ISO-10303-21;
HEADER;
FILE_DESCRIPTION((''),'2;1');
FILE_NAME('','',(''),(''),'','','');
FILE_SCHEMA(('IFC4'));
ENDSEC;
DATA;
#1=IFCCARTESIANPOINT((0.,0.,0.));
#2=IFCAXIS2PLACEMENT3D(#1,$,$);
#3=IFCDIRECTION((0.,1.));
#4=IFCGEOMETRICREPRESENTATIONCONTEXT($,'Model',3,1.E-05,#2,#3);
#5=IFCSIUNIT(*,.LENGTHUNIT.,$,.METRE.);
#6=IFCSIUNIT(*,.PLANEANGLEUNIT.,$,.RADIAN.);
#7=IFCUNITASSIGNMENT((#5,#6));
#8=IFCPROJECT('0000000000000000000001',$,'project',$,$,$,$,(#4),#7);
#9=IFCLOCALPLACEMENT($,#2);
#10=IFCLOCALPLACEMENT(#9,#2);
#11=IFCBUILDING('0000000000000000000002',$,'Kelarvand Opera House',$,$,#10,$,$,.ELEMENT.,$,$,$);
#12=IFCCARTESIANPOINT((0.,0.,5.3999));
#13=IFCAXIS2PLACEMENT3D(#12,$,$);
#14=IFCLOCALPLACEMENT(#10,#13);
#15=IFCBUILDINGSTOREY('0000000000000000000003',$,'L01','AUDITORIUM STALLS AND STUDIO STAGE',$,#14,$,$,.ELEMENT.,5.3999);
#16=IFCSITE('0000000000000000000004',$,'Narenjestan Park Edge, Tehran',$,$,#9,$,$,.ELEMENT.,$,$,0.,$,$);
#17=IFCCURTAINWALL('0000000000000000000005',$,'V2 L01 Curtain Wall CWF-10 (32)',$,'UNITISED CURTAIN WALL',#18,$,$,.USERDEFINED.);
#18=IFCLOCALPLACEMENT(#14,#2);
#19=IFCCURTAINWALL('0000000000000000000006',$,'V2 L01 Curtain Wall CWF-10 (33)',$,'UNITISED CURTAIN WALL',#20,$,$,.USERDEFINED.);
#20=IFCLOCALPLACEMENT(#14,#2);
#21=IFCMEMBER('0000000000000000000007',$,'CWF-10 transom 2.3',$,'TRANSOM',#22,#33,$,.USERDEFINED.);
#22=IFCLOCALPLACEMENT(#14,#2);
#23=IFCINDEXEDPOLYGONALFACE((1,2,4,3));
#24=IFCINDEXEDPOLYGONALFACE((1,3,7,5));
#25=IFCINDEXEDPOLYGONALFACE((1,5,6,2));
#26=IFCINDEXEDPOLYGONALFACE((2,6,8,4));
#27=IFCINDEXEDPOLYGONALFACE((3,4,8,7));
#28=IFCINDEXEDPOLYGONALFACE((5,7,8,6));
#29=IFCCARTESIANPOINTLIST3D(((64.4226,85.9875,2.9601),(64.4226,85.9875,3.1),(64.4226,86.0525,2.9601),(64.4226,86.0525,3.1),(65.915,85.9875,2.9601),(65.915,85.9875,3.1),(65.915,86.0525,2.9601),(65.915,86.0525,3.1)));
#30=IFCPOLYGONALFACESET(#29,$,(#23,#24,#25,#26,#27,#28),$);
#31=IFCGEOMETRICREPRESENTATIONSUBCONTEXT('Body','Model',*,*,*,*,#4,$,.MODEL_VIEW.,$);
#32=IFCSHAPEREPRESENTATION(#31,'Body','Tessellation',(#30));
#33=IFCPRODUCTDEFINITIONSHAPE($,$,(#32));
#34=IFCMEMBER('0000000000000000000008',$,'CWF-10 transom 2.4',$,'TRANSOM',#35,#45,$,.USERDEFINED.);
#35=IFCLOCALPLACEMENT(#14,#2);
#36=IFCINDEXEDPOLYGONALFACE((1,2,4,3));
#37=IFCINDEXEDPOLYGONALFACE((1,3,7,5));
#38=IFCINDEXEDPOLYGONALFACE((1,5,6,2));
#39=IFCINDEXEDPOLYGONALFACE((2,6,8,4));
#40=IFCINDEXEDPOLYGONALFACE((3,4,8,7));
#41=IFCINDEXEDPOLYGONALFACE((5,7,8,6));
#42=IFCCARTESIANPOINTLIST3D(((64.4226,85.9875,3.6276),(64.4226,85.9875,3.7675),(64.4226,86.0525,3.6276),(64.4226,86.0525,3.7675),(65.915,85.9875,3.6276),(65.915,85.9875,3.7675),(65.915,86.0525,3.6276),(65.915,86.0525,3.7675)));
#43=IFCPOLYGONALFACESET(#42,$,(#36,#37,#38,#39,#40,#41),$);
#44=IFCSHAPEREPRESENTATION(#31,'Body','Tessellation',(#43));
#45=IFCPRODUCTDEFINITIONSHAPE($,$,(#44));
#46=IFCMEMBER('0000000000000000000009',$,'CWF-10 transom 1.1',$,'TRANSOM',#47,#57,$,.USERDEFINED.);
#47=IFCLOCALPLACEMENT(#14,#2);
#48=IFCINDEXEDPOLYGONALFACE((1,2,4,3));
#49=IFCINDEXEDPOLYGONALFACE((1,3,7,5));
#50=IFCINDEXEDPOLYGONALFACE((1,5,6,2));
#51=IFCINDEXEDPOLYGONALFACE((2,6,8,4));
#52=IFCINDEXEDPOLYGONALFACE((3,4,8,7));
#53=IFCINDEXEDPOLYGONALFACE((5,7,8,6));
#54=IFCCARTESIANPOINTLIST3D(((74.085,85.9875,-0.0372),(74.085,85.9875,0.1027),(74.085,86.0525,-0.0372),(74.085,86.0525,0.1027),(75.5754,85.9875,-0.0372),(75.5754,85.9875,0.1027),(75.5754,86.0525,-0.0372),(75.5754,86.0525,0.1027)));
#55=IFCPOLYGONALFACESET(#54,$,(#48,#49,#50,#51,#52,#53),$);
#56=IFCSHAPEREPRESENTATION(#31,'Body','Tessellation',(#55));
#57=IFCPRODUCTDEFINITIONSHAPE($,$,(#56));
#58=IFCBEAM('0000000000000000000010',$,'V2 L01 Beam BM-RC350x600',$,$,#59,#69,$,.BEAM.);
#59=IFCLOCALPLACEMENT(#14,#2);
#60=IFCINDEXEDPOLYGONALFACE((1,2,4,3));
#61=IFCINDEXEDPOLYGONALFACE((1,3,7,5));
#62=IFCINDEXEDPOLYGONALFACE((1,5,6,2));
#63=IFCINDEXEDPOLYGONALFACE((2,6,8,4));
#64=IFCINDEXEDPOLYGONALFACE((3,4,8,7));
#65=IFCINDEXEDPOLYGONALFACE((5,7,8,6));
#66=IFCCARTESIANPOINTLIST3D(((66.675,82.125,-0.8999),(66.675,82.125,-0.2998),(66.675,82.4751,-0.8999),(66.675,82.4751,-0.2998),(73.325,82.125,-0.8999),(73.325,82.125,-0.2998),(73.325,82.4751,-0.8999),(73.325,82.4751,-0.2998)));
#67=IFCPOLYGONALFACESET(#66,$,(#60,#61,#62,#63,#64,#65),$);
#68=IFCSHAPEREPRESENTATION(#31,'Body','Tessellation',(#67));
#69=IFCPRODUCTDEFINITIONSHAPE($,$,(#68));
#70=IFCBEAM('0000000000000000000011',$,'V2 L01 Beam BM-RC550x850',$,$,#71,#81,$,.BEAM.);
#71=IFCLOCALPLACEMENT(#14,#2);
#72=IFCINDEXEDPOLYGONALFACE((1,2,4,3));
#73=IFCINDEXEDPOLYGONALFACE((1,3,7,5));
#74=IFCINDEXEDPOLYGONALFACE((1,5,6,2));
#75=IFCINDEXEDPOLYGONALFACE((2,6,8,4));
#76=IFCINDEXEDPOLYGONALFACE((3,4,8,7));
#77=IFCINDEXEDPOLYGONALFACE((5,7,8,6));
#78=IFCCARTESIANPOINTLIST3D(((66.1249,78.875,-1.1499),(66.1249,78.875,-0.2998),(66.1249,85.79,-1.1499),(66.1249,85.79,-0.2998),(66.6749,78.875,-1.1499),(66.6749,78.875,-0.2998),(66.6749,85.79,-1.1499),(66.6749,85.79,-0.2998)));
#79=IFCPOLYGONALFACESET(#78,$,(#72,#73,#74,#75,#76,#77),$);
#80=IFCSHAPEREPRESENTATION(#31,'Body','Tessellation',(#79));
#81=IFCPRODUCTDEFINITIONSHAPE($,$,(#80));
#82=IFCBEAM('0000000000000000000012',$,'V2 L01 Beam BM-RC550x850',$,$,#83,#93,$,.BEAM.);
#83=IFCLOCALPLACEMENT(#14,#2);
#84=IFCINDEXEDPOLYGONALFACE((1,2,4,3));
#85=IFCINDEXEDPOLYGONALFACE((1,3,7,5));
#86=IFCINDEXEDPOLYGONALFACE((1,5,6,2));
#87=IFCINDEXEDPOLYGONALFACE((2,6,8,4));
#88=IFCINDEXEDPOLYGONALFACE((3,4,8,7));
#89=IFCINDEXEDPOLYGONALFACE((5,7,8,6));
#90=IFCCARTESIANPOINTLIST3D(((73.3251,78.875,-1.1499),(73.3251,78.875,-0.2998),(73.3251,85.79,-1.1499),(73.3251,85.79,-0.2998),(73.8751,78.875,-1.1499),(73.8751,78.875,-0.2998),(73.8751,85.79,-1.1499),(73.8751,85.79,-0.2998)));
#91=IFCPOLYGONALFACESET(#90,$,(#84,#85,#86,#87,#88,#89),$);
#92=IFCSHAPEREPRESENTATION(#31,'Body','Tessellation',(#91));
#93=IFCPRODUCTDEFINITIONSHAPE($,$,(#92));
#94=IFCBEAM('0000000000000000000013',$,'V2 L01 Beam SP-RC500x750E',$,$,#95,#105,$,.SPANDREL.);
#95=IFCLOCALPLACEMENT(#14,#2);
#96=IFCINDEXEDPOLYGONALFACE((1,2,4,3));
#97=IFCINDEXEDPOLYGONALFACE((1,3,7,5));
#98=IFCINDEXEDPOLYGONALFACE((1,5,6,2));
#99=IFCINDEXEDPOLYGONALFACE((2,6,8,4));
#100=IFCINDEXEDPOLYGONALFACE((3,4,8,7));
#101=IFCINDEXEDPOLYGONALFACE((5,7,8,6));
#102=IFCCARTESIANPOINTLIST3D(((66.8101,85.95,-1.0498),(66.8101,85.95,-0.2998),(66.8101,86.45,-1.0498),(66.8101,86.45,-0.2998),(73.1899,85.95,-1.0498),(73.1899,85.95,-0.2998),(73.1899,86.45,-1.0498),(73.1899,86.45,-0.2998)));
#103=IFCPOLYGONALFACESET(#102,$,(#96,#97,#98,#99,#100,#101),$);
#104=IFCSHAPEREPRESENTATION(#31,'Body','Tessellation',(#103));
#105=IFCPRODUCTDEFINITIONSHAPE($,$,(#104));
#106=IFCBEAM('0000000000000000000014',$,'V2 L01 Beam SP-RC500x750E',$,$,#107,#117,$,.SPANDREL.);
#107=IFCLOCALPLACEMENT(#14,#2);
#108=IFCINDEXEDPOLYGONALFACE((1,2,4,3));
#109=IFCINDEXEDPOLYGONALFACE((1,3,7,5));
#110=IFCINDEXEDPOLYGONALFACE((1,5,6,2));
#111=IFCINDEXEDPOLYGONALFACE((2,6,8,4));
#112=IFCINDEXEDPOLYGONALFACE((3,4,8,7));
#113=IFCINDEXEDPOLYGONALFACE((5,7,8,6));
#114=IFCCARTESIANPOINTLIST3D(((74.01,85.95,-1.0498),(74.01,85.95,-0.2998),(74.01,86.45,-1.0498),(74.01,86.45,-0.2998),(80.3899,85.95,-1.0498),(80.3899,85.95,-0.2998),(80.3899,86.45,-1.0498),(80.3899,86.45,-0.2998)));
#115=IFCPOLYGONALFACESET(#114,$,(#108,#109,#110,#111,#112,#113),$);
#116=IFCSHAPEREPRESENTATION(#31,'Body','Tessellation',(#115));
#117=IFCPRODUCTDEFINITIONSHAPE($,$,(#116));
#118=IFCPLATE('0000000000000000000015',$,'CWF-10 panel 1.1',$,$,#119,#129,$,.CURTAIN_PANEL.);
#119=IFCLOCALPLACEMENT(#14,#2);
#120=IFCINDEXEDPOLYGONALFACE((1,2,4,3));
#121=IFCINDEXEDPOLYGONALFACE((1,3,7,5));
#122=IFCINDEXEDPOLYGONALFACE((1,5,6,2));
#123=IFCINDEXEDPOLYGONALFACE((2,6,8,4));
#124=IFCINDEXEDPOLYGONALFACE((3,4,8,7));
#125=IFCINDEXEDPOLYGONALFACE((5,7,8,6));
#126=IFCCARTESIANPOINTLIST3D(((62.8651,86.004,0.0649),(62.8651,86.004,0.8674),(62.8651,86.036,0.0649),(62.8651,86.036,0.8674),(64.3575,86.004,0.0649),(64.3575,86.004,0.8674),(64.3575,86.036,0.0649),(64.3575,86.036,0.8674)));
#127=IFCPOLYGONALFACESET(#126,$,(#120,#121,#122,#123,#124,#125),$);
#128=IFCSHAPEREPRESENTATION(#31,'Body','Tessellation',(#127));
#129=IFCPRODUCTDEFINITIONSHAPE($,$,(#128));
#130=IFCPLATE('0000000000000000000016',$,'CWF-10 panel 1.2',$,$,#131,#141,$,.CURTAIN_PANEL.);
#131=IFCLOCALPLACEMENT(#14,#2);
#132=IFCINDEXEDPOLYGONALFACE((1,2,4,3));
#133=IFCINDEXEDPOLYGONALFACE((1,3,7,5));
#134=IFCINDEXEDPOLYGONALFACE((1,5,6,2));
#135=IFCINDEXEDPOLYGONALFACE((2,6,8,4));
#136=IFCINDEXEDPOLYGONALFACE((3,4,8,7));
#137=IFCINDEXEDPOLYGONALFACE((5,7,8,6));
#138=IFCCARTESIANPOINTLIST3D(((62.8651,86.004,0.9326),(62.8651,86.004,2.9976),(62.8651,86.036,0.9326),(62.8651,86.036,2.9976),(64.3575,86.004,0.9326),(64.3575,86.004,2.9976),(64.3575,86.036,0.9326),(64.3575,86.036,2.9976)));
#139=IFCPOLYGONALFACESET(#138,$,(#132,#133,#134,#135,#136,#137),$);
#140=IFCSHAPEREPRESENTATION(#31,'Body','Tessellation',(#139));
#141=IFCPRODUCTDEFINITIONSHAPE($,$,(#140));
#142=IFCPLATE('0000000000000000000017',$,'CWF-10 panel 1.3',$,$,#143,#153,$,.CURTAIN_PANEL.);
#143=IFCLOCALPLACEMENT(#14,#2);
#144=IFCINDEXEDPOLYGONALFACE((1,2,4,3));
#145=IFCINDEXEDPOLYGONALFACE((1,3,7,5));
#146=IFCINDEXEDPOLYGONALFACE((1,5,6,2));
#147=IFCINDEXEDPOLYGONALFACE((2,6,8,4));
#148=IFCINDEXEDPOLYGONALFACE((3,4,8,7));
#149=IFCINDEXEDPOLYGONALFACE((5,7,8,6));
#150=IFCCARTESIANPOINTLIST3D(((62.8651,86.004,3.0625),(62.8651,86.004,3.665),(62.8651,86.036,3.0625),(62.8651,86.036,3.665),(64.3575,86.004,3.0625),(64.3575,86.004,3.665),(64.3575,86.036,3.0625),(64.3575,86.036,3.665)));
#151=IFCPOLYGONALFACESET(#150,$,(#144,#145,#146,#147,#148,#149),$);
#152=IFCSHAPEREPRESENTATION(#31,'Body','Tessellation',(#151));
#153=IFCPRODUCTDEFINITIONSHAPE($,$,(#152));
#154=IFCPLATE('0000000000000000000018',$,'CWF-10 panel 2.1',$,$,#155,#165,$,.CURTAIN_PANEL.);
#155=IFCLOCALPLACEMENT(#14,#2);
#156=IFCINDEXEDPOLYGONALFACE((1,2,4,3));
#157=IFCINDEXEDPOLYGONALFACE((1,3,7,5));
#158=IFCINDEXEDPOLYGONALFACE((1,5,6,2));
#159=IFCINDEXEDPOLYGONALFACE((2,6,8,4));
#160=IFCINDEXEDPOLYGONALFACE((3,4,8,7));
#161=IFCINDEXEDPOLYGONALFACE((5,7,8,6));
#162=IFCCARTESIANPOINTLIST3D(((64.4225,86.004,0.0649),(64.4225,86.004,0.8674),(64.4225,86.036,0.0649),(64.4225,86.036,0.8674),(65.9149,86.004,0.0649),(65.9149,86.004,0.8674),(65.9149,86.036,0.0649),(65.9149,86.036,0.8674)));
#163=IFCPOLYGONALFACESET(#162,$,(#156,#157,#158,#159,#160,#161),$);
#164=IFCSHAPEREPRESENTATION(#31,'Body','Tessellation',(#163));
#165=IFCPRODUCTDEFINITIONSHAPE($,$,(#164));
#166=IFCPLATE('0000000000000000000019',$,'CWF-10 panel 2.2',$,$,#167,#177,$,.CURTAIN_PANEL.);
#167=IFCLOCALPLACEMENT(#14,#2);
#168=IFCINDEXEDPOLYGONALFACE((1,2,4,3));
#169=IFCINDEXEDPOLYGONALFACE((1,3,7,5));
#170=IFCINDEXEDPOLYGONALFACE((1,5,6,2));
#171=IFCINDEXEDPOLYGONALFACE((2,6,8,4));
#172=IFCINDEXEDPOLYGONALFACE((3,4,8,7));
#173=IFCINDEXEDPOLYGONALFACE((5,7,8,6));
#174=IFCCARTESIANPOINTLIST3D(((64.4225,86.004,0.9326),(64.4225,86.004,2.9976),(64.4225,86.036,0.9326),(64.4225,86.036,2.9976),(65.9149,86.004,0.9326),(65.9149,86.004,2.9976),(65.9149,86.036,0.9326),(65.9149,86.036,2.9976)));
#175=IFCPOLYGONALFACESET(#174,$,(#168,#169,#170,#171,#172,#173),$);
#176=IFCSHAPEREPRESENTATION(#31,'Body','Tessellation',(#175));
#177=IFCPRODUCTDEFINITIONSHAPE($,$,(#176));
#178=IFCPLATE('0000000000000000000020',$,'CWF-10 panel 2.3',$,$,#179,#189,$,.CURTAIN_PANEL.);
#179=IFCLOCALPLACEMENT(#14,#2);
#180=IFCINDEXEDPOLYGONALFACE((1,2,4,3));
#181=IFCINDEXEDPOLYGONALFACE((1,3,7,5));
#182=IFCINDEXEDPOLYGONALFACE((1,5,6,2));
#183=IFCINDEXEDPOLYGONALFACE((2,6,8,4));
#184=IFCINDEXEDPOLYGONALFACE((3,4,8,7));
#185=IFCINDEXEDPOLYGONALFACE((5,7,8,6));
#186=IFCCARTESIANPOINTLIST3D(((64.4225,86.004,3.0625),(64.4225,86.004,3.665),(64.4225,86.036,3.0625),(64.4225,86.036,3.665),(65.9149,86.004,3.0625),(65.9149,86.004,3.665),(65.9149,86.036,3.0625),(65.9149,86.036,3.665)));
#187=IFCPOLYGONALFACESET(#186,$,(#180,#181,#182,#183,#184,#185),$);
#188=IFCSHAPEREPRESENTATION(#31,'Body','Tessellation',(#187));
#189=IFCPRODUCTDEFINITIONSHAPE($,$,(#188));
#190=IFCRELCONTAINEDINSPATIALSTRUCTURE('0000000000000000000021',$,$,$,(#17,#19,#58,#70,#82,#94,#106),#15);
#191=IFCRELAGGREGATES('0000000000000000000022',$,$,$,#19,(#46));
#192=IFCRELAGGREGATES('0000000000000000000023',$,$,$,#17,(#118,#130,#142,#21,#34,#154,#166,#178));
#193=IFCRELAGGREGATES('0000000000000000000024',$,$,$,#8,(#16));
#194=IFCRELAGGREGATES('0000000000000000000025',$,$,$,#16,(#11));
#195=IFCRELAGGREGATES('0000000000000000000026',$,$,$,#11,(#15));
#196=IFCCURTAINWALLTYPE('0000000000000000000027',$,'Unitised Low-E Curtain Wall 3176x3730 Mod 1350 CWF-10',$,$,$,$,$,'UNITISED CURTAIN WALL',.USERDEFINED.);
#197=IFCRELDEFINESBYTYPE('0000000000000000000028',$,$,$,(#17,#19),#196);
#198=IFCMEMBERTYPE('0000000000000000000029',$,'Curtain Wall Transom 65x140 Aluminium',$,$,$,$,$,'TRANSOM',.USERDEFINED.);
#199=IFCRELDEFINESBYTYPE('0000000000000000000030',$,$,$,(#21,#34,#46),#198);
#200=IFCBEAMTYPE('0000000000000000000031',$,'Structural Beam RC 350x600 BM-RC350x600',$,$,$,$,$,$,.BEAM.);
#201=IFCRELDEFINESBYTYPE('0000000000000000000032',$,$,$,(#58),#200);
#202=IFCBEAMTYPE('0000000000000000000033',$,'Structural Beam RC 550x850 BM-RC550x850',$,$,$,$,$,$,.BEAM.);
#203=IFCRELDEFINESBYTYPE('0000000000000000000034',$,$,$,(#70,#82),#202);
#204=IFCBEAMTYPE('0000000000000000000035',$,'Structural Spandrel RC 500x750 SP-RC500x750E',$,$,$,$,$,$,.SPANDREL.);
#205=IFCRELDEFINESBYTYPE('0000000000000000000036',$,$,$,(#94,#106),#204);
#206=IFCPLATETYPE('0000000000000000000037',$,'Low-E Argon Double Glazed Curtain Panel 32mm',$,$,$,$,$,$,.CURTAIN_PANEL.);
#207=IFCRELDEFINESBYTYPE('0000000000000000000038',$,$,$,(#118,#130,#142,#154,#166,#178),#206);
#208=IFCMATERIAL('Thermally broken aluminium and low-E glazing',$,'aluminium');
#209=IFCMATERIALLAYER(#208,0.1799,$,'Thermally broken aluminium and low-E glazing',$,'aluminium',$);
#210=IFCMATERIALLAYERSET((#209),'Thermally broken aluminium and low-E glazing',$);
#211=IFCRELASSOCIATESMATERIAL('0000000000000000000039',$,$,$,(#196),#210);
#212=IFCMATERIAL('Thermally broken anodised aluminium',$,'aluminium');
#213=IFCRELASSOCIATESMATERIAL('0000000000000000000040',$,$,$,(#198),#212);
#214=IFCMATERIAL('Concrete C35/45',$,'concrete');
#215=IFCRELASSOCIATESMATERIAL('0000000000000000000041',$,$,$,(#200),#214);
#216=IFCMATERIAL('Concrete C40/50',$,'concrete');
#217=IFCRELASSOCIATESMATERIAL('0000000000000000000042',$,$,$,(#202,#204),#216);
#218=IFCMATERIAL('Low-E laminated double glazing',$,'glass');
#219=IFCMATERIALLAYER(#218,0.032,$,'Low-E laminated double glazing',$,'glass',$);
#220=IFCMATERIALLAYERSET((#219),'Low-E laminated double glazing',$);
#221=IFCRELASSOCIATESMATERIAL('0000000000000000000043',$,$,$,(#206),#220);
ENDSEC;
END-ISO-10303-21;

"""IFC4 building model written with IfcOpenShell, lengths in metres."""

from ifc_helpers import new_model, si_unit, direction, frame, origin, origin_2d, place, context, subcontext, project, spatial, rectangle, extrude, material, layer, layer_set, material_profile, profile_set, type_object, element, aggregate, save


model = new_model("IFC4")

# Units and contexts
model_context = context("Model", 3, precision=1e-05, world=origin(), true_north=direction((0.0, 1.0)))
body_context = subcontext(model_context, "Body", "Model", "MODEL_VIEW")
ifc_project = project(units=[si_unit("LENGTHUNIT", "METRE"), si_unit("PLANEANGLEUNIT", "RADIAN")], contexts=[model_context])

# Site, building, storey
site_placement = place(None, origin())
site = spatial("IfcSite", under=ifc_project, at=site_placement, Name="Narenjestan Park Edge, Tehran", CompositionType="ELEMENT", RefElevation=0.0)
building_placement = place(site_placement, origin())
building = spatial("IfcBuilding", under=site, at=building_placement, Name="Kelarvand Opera House", CompositionType="ELEMENT")
storey_placement = place(building_placement, frame((0.0, 0.0, 5.3999)))
storey = spatial("IfcBuildingStorey", under=building, at=storey_placement, Name="L01", Description="AUDITORIUM STALLS AND STUDIO STAGE", CompositionType="ELEMENT", Elevation=5.3999)

# Shared definitions
ifc_material_1 = material(Name="Concrete C40/50", Category="concrete")

# Shared definitions
ifc_material_2 = material(Name="Thermally broken aluminium and low-E glazing", Category="aluminium")
ifc_layer_1 = layer(ifc_material_2, 0.1799, Name="Thermally broken aluminium and low-E glazing", Category="aluminium")
ifc_layer_set_1 = layer_set([ifc_layer_1], Name="Thermally broken aluminium and low-E glazing")
curtain_wall_type = type_object("IfcCurtainWallType", Name="Unitised Low-E Curtain Wall 3176x3730 Mod 1350 CWF-10", ElementType="UNITISED CURTAIN WALL", PredefinedType="USERDEFINED", material=ifc_layer_set_1)
ifc_material_3 = material(Name="Thermally broken anodised aluminium", Category="aluminium")

# Curtain wall
curtain_wall_1_placement = place(storey_placement, origin())
curtain_wall_1 = element("IfcCurtainWall", 1, at=curtain_wall_1_placement, inside=storey, type_object=curtain_wall_type, Name="V2 L01 Curtain Wall CWF-10 (32)", ObjectType="UNITISED CURTAIN WALL", PredefinedType="USERDEFINED")

# Curtain wall
curtain_wall_2_placement = place(storey_placement, origin())
curtain_wall_2 = element("IfcCurtainWall", 2, at=curtain_wall_2_placement, inside=storey, type_object=curtain_wall_type, Name="V2 L01 Curtain Wall CWF-10 (33)", ObjectType="UNITISED CURTAIN WALL", PredefinedType="USERDEFINED")

# Members
ifc_material_profile_1 = material_profile(ifc_material_3, rectangle(XDim=0.0649, YDim=0.1399, at=origin_2d()), Name="ALU TRANSOM 65x140", Category="aluminium")
ifc_profile_set_1 = profile_set([ifc_material_profile_1], Name="Thermally broken anodised aluminium")
member_type_1 = type_object("IfcMemberType", Name="Curtain Wall Transom 65x140 Aluminium", ElementType="TRANSOM", PredefinedType="USERDEFINED", material=ifc_profile_set_1)
member_1_placement = place(storey_placement, frame((64.4226, 86.02, 3.03), z_axis=(1.0, 0.0, 0.0), x_axis=(0.0, 1.0, 0.0)))
member_1 = element("IfcMember", 3, at=member_1_placement, type_object=member_type_1, Name="CWF-10 transom 2.3", ObjectType="TRANSOM", PredefinedType="USERDEFINED", context=body_context, shape_type="SweptSolid", body=[
    extrude(rectangle(XDim=0.0649, YDim=0.1399, at=origin_2d()), origin(), (0.0, 0.0, 1.0), 1.4924),
])
member_2_placement = place(storey_placement, frame((64.4226, 86.02, 3.6975), z_axis=(1.0, 0.0, 0.0), x_axis=(0.0, 1.0, 0.0)))
member_2 = element("IfcMember", 4, at=member_2_placement, type_object=member_type_1, Name="CWF-10 transom 2.4", ObjectType="TRANSOM", PredefinedType="USERDEFINED", context=body_context, shape_type="SweptSolid", body=[
    extrude(rectangle(XDim=0.0649, YDim=0.1399, at=origin_2d()), origin(), (0.0, 0.0, 1.0), 1.4924),
])
member_3_placement = place(storey_placement, frame((74.085, 86.02, 0.0327), z_axis=(1.0, 0.0, 0.0), x_axis=(0.0, 1.0, 0.0)))
member_3 = element("IfcMember", 5, at=member_3_placement, type_object=member_type_1, Name="CWF-10 transom 1.1", ObjectType="TRANSOM", PredefinedType="USERDEFINED", context=body_context, shape_type="SweptSolid", body=[
    extrude(rectangle(XDim=0.0649, YDim=0.1399, at=origin_2d()), origin(), (0.0, 0.0, 1.0), 1.4905),
])
aggregate(curtain_wall_2, [member_3])

# Beams
ifc_material_4 = material(Name="Concrete C35/45", Category="concrete")
ifc_material_profile_2 = material_profile(ifc_material_4, rectangle(XDim=0.3501, YDim=0.6001, at=origin_2d()), Name="RC 350x600", Category="concrete")
ifc_profile_set_2 = profile_set([ifc_material_profile_2], Name="Concrete C35/45")
beam_type_1 = type_object("IfcBeamType", Name="Structural Beam RC 350x600 BM-RC350x600", PredefinedType="BEAM", material=ifc_profile_set_2)
beam_placement = place(storey_placement, frame((66.675, 82.3, -0.5999), z_axis=(1.0, 0.0, 0.0), x_axis=(0.0, 1.0, 0.0)))
element("IfcBeam", 6, at=beam_placement, inside=storey, type_object=beam_type_1, Name="V2 L01 Beam BM-RC350x600", PredefinedType="BEAM", context=body_context, shape_type="SweptSolid", body=[
    extrude(rectangle(XDim=0.3501, YDim=0.6001, at=origin_2d()), origin(), (0.0, 0.0, 1.0), 6.6499),
])
ifc_material_profile_3 = material_profile(ifc_material_1, rectangle(XDim=0.55, YDim=0.8501, at=origin_2d()), Name="RC 550x850", Category="concrete")
ifc_profile_set_3 = profile_set([ifc_material_profile_3], Name="Concrete C40/50")
beam_type_2 = type_object("IfcBeamType", Name="Structural Beam RC 550x850 BM-RC550x850", PredefinedType="BEAM", material=ifc_profile_set_3)
for number, where, z_axis, x_axis, name in (
    (7, (66.3999, 78.875, -0.7249), (0.0, 1.0, 0.0), (-1.0, 0.0, 0.0), "V2 L01 Beam BM-RC550x850"),
    (8, (73.6001, 78.875, -0.7249), (0.0, 1.0, 0.0), (-1.0, 0.0, 0.0), "V2 L01 Beam BM-RC550x850"),
):
    element("IfcBeam", number, at=place(storey_placement, frame(where, z_axis=z_axis, x_axis=x_axis)), inside=storey, type_object=beam_type_2, Name=name, PredefinedType="BEAM", context=body_context, shape_type="SweptSolid", body=[
        extrude(rectangle(XDim=0.55, YDim=0.8501, at=origin_2d()), origin(), (0.0, 0.0, 1.0), 6.915),
    ])
ifc_material_profile_4 = material_profile(ifc_material_1, rectangle(XDim=0.5, YDim=0.75, at=origin_2d()), Name="RC 500x750", Category="concrete")
ifc_profile_set_4 = profile_set([ifc_material_profile_4], Name="Concrete C40/50")
beam_type_3 = type_object("IfcBeamType", Name="Structural Spandrel RC 500x750 SP-RC500x750E", PredefinedType="SPANDREL", material=ifc_profile_set_4)
for number, where, z_axis, x_axis, name in (
    (9, (66.8101, 86.2, -0.6748), (1.0, 0.0, 0.0), (0.0, 1.0, 0.0), "V2 L01 Beam SP-RC500x750E"),
    (10, (74.01, 86.2, -0.6748), (1.0, 0.0, 0.0), (0.0, 1.0, 0.0), "V2 L01 Beam SP-RC500x750E"),
):
    element("IfcBeam", number, at=place(storey_placement, frame(where, z_axis=z_axis, x_axis=x_axis)), inside=storey, type_object=beam_type_3, Name=name, PredefinedType="SPANDREL", context=body_context, shape_type="SweptSolid", body=[
        extrude(rectangle(XDim=0.5, YDim=0.75, at=origin_2d()), origin(), (0.0, 0.0, 1.0), 6.3799),
    ])

# Plates
ifc_material_5 = material(Name="Low-E laminated double glazing", Category="glass")
ifc_layer_2 = layer(ifc_material_5, 0.032, Name="Low-E laminated double glazing", Category="glass")
ifc_layer_set_2 = layer_set([ifc_layer_2], Name="Low-E laminated double glazing")
plate_type = type_object("IfcPlateType", Name="Low-E Argon Double Glazed Curtain Panel 32mm", PredefinedType="CURTAIN_PANEL", material=ifc_layer_set_2)
plate_1_placement = place(storey_placement, frame((63.6113, 86.02, 0.0649), z_axis=(0.0, 0.0, 1.0), x_axis=(1.0, 0.0, 0.0)))
plate_1 = element("IfcPlate", 11, at=plate_1_placement, type_object=plate_type, Name="CWF-10 panel 1.1", PredefinedType="CURTAIN_PANEL", context=body_context, shape_type="SweptSolid", body=[
    extrude(rectangle(XDim=1.4924, YDim=0.032, at=origin_2d()), origin(), (0.0, 0.0, 1.0), 0.8025),
])
plate_2_placement = place(storey_placement, frame((63.6113, 86.02, 0.9326), z_axis=(0.0, 0.0, 1.0), x_axis=(1.0, 0.0, 0.0)))
plate_2 = element("IfcPlate", 12, at=plate_2_placement, type_object=plate_type, Name="CWF-10 panel 1.2", PredefinedType="CURTAIN_PANEL", context=body_context, shape_type="SweptSolid", body=[
    extrude(rectangle(XDim=1.4924, YDim=0.032, at=origin_2d()), origin(), (0.0, 0.0, 1.0), 2.0649),
])
plate_3_placement = place(storey_placement, frame((63.6113, 86.02, 3.0625), z_axis=(0.0, 0.0, 1.0), x_axis=(1.0, 0.0, 0.0)))
plate_3 = element("IfcPlate", 13, at=plate_3_placement, type_object=plate_type, Name="CWF-10 panel 1.3", PredefinedType="CURTAIN_PANEL", context=body_context, shape_type="SweptSolid", body=[
    extrude(rectangle(XDim=1.4924, YDim=0.032, at=origin_2d()), origin(), (0.0, 0.0, 1.0), 0.6025),
])
plate_4_placement = place(storey_placement, frame((65.1687, 86.02, 0.0649), z_axis=(0.0, 0.0, 1.0), x_axis=(1.0, 0.0, 0.0)))
plate_4 = element("IfcPlate", 14, at=plate_4_placement, type_object=plate_type, Name="CWF-10 panel 2.1", PredefinedType="CURTAIN_PANEL", context=body_context, shape_type="SweptSolid", body=[
    extrude(rectangle(XDim=1.4924, YDim=0.032, at=origin_2d()), origin(), (0.0, 0.0, 1.0), 0.8025),
])
plate_5_placement = place(storey_placement, frame((65.1687, 86.02, 0.9326), z_axis=(0.0, 0.0, 1.0), x_axis=(1.0, 0.0, 0.0)))
plate_5 = element("IfcPlate", 15, at=plate_5_placement, type_object=plate_type, Name="CWF-10 panel 2.2", PredefinedType="CURTAIN_PANEL", context=body_context, shape_type="SweptSolid", body=[
    extrude(rectangle(XDim=1.4924, YDim=0.032, at=origin_2d()), origin(), (0.0, 0.0, 1.0), 2.0649),
])
plate_6_placement = place(storey_placement, frame((65.1687, 86.02, 3.0625), z_axis=(0.0, 0.0, 1.0), x_axis=(1.0, 0.0, 0.0)))
plate_6 = element("IfcPlate", 16, at=plate_6_placement, type_object=plate_type, Name="CWF-10 panel 2.3", PredefinedType="CURTAIN_PANEL", context=body_context, shape_type="SweptSolid", body=[
    extrude(rectangle(XDim=1.4924, YDim=0.032, at=origin_2d()), origin(), (0.0, 0.0, 1.0), 0.6025),
])
aggregate(curtain_wall_1, [plate_1, plate_2, plate_3, member_1, member_2, plate_4, plate_5, plate_6])

save(model, "model.ifc")
